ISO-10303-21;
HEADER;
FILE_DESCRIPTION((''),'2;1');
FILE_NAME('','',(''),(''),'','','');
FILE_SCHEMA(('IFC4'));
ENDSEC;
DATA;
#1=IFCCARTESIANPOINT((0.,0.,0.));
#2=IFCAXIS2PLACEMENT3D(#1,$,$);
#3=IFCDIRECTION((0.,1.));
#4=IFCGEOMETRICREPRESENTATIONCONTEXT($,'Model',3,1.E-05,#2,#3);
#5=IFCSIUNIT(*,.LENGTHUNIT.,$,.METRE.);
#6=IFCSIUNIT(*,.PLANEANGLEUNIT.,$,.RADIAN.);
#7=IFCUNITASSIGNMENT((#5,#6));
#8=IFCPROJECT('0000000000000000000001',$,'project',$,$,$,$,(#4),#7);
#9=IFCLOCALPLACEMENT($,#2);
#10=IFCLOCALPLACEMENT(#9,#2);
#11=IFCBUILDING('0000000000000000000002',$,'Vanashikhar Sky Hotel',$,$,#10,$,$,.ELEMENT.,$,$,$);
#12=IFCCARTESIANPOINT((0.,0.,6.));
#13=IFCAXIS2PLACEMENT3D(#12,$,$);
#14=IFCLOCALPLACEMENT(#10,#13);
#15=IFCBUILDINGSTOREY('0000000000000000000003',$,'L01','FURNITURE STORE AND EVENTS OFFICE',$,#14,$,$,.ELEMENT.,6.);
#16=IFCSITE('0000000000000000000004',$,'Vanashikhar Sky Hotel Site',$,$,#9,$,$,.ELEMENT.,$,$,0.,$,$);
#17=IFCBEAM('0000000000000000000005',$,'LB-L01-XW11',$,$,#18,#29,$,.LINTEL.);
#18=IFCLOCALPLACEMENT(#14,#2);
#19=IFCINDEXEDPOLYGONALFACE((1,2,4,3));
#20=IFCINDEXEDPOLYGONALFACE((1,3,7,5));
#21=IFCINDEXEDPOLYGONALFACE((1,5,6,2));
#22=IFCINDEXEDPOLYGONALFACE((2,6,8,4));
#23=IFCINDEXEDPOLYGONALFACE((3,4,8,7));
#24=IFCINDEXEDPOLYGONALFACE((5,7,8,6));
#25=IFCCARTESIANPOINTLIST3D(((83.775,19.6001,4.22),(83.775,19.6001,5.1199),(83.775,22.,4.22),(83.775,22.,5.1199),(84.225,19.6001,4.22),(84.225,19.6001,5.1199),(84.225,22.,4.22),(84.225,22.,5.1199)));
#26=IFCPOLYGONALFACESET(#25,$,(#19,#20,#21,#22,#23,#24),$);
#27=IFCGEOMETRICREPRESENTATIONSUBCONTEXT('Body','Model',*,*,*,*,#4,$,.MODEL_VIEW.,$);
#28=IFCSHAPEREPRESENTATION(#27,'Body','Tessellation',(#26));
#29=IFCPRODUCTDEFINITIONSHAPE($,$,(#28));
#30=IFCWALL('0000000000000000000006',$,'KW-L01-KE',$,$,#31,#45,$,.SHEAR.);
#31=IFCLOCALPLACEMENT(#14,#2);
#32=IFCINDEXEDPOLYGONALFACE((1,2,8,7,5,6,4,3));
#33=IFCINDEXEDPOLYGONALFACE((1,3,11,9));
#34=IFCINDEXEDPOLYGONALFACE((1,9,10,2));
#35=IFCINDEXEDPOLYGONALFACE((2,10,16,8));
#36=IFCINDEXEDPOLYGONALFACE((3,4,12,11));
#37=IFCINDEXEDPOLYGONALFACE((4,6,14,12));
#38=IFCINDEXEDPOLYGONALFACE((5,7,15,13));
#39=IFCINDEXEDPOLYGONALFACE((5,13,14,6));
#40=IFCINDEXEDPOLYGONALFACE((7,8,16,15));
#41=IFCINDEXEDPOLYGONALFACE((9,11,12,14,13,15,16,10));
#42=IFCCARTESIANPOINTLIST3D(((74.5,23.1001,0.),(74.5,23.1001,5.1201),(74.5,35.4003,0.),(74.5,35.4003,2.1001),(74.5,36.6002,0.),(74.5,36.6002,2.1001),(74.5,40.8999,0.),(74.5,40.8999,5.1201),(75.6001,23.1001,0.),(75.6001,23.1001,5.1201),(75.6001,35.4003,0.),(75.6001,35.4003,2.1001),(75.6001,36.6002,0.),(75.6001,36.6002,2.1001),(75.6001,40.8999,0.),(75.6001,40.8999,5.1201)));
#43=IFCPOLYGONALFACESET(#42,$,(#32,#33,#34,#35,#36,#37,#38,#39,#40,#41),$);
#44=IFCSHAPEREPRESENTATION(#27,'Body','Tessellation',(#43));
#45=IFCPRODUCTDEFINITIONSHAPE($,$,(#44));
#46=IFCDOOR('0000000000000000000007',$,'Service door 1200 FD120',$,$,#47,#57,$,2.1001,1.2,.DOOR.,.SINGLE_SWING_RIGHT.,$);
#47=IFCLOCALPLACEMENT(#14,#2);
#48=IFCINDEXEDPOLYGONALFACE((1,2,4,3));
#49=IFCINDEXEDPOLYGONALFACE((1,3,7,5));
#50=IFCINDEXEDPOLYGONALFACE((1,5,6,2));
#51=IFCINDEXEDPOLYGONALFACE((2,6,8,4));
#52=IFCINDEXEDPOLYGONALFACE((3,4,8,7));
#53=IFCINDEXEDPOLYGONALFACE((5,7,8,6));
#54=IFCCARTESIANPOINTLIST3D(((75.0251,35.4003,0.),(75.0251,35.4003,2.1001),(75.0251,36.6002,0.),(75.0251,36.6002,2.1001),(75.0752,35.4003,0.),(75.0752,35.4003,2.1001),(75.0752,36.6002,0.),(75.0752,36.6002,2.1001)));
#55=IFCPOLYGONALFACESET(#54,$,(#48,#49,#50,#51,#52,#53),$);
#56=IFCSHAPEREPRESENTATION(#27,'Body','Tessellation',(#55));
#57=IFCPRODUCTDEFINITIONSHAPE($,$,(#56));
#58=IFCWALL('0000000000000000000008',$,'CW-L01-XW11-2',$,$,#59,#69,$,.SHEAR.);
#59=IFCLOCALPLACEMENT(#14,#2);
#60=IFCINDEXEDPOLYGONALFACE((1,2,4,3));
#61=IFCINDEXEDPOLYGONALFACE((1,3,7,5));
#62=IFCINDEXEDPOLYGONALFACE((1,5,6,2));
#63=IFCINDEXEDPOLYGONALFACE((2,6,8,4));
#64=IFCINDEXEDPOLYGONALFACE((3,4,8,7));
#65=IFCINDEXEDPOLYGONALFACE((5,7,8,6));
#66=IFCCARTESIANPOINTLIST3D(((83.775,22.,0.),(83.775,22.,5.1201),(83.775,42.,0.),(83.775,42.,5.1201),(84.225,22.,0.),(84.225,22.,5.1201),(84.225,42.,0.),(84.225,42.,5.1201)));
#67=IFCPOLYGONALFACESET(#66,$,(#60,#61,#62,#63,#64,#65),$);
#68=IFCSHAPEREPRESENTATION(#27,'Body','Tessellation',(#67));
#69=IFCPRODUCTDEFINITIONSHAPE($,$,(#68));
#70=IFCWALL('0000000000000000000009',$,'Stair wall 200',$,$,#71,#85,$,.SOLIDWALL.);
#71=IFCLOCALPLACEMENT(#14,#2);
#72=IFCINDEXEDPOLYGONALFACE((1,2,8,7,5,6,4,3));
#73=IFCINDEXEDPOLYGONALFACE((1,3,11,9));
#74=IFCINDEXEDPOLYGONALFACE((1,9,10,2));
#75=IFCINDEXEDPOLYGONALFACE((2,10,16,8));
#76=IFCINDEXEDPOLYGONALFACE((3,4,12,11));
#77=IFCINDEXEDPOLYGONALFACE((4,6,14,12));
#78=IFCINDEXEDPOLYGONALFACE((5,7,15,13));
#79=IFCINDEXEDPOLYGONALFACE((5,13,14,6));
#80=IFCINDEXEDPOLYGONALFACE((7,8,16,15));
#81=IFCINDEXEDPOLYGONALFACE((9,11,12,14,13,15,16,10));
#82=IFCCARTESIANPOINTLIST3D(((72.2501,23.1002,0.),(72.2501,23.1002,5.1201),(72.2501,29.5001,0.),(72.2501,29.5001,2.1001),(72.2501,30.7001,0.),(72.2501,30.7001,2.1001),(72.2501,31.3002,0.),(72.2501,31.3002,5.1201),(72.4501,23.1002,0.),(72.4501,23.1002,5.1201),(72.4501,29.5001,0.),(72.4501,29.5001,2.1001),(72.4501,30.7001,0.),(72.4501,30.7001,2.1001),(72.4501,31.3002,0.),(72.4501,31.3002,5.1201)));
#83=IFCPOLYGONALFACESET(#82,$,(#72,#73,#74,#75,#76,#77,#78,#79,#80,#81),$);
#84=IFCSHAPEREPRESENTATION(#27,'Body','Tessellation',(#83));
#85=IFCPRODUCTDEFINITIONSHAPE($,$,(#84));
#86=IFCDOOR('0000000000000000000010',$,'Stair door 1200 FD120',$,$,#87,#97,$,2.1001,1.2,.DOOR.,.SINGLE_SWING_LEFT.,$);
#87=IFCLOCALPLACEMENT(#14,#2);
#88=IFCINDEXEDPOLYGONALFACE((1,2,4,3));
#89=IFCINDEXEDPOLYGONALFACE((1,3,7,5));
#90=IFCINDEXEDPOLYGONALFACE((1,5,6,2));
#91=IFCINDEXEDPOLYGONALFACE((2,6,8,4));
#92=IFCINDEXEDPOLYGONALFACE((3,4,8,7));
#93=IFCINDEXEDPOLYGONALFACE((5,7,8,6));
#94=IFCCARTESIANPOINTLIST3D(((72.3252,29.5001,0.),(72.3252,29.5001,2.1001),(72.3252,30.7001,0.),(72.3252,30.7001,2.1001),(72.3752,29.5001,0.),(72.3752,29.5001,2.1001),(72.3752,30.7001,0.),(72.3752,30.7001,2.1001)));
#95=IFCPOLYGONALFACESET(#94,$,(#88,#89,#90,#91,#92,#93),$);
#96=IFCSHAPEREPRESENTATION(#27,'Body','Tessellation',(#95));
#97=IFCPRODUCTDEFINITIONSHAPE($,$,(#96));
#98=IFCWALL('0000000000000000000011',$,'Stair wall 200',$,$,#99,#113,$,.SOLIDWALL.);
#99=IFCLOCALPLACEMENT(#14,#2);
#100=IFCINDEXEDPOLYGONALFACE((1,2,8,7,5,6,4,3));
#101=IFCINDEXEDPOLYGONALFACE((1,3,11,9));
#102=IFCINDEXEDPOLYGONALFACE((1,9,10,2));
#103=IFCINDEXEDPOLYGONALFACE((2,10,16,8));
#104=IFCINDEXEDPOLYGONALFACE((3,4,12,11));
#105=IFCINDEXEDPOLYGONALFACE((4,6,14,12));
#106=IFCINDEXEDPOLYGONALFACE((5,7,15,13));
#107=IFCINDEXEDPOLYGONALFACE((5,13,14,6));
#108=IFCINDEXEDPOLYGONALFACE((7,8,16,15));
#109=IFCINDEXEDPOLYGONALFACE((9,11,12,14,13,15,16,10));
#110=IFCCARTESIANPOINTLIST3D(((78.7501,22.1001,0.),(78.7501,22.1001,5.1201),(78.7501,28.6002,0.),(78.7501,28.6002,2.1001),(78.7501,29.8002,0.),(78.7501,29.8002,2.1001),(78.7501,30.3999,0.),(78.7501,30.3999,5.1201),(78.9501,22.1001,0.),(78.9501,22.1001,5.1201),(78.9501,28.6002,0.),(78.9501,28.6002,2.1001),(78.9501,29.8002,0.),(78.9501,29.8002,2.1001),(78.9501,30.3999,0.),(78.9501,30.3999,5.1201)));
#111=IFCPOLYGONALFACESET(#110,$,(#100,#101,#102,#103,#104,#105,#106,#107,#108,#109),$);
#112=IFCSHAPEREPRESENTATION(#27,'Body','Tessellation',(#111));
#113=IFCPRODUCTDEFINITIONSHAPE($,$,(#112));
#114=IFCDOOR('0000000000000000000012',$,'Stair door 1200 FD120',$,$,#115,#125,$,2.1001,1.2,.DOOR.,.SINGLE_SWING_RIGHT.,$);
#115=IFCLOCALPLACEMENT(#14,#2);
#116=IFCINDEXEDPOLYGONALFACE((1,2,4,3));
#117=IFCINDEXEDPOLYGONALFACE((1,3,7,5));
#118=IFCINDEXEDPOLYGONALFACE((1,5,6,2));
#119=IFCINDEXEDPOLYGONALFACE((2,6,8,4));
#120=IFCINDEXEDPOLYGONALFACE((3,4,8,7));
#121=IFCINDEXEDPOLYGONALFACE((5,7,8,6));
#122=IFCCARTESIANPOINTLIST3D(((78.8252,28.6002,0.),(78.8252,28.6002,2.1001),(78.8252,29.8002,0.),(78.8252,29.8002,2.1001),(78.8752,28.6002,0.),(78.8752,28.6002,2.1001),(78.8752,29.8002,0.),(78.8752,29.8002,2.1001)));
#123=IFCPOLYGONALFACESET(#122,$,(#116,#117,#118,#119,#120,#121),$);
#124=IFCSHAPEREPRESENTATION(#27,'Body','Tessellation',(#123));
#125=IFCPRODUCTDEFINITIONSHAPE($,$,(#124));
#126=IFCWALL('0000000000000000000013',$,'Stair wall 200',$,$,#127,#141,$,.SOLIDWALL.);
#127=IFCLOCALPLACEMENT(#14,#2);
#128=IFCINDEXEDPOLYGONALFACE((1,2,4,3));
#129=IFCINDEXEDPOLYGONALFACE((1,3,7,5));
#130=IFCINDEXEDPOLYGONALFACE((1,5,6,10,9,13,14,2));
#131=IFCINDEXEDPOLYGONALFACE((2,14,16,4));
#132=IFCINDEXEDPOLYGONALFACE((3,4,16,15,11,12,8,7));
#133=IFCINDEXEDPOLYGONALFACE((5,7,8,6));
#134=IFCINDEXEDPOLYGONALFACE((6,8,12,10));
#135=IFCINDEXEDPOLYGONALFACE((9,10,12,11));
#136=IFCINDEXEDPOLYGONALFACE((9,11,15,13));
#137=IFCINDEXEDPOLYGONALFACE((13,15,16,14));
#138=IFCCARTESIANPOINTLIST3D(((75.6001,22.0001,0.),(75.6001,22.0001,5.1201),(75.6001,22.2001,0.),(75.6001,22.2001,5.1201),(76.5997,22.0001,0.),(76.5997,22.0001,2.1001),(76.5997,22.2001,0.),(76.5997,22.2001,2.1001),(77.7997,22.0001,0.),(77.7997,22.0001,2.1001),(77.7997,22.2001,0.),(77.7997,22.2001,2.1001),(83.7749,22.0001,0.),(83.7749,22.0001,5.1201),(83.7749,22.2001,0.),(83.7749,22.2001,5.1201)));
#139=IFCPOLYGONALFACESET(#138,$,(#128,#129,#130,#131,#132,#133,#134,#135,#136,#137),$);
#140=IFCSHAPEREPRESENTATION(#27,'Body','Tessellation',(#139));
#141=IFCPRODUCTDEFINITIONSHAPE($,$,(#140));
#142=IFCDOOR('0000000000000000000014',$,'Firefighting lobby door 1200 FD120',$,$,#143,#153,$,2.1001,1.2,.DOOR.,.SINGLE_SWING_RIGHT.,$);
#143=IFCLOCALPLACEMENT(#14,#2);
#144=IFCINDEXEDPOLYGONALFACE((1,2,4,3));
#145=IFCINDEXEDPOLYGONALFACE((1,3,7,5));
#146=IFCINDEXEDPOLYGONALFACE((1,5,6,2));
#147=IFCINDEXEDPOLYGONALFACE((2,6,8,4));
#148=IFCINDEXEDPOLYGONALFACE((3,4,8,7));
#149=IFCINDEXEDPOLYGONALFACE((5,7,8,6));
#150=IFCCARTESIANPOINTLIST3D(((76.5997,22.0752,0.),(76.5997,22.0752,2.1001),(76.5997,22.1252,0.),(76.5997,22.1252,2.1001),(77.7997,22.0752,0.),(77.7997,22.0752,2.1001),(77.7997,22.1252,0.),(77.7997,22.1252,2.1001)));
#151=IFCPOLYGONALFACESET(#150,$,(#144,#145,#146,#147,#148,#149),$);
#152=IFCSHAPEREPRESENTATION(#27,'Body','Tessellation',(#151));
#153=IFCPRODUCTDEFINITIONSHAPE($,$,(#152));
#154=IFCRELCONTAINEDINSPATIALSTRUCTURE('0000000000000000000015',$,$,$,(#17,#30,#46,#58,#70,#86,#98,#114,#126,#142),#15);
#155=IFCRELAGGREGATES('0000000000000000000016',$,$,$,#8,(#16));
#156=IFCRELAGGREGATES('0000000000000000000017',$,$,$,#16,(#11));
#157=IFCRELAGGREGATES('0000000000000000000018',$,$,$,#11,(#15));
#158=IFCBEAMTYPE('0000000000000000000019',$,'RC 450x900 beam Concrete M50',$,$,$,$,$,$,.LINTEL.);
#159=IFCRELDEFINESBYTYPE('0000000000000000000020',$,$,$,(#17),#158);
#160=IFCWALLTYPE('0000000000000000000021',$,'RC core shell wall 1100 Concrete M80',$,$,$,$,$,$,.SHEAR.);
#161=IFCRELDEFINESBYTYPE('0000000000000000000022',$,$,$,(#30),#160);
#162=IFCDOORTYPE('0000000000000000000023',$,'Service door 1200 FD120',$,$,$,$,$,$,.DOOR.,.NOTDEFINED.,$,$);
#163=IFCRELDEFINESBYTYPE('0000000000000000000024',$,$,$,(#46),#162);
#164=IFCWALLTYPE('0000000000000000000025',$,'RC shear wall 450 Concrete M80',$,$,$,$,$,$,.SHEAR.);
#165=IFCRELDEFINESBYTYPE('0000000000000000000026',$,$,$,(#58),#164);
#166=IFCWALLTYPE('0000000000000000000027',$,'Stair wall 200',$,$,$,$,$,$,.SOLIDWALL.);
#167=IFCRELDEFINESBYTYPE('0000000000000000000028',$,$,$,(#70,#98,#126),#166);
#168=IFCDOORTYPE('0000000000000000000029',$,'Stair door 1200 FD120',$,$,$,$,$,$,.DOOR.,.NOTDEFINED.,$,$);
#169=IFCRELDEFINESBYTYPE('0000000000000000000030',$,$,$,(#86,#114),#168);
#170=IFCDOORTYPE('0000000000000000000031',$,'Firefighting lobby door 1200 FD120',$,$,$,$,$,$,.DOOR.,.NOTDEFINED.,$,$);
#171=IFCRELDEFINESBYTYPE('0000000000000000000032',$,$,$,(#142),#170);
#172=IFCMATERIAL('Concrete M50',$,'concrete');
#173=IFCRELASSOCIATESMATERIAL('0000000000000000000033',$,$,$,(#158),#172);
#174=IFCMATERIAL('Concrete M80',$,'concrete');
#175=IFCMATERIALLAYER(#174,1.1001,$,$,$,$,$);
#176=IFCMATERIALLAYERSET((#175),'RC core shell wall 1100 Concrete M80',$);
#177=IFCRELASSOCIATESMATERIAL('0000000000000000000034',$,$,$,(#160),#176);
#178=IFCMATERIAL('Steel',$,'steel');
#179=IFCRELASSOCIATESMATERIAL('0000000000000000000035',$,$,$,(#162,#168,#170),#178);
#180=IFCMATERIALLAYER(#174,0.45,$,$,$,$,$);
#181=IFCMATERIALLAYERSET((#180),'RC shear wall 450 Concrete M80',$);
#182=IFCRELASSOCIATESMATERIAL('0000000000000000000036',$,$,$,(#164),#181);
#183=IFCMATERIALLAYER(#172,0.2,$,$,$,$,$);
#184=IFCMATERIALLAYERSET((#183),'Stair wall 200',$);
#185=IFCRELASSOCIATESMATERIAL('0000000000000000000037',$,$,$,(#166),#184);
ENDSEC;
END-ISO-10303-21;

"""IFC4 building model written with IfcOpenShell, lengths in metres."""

from ifc_helpers import new_model, si_unit, direction, frame, frame_2d, origin, origin_2d, place, context, subcontext, project, spatial, rectangle, extrude, source, transform, mapped, material, layer, layer_set, material_profile, profile_set, type_object, element, fill, save


model = new_model("IFC4")

# Units and contexts
model_context = context("Model", 3, precision=1e-05, world=origin(), true_north=direction((0.0, 1.0)))
body_context = subcontext(model_context, "Body", "Model", "MODEL_VIEW")
ifc_project = project(units=[si_unit("LENGTHUNIT", "METRE"), si_unit("PLANEANGLEUNIT", "RADIAN")], contexts=[model_context])

# Site, building, storey
site_placement = place(None, origin())
site = spatial("IfcSite", under=ifc_project, at=site_placement, Name="Vanashikhar Sky Hotel Site", CompositionType="ELEMENT", RefElevation=0.0)
building_placement = place(site_placement, origin())
building = spatial("IfcBuilding", under=site, at=building_placement, Name="Vanashikhar Sky Hotel", CompositionType="ELEMENT")
storey_placement = place(building_placement, frame((0.0, 0.0, 6.0)))
storey = spatial("IfcBuildingStorey", under=building, at=storey_placement, Name="L01", Description="FURNITURE STORE AND EVENTS OFFICE", CompositionType="ELEMENT", Elevation=6.0)

# Beam
ifc_material_1 = material(Name="Concrete M50", Category="concrete")
ifc_material_profile = material_profile(ifc_material_1, rectangle(XDim=0.45, YDim=0.8999, at=origin_2d()))
ifc_profile_set = profile_set([ifc_material_profile], Name="RC 450x900 beam Concrete M50")
beam_type = type_object("IfcBeamType", Name="RC 450x900 beam Concrete M50", PredefinedType="LINTEL", material=ifc_profile_set)
shared_shape_1 = source(origin(), body_context, "Body", "SweptSolid", [
    extrude(rectangle(XDim=0.45, YDim=0.8999, at=origin_2d()), origin(), (0.0, 0.0, 1.0), 2.3999),
])
beam_placement = place(storey_placement, frame((84.0, 19.6001, 4.6699), z_axis=(0.0, 1.0, 0.0), x_axis=(-1.0, 0.0, 0.0)))
element("IfcBeam", 1, at=beam_placement, inside=storey, type_object=beam_type, Name="LB-L01-XW11", PredefinedType="LINTEL", context=body_context, shape_type="MappedRepresentation", body=[
    mapped(shared_shape_1, transform((0.0, 0.0, 0.0), scale=1.0)),
])

# Wall, opening, door
ifc_material_2 = material(Name="Concrete M80", Category="concrete")
ifc_layer_1 = layer(ifc_material_2, 1.1001)
ifc_layer_set_1 = layer_set([ifc_layer_1], Name="RC core shell wall 1100 Concrete M80")
wall_type_1 = type_object("IfcWallType", Name="RC core shell wall 1100 Concrete M80", PredefinedType="SHEAR", material=ifc_layer_set_1)
shared_shape_2 = source(origin(), body_context, "Body", "SweptSolid", [
    extrude(rectangle(XDim=17.7998, YDim=1.1001, at=frame_2d((8.8999, 0.0))), origin(), (0.0, 0.0, 1.0), 5.1201),
])
wall_1_placement = place(storey_placement, frame((75.05, 23.1001, 0.0), z_axis=(0.0, 0.0, 1.0), x_axis=(0.0, 1.0, 0.0)))
wall_1 = element("IfcWall", 2, at=wall_1_placement, inside=storey, type_object=wall_type_1, Name="KW-L01-KE", PredefinedType="SHEAR", context=body_context, shape_type="MappedRepresentation", body=[
    mapped(shared_shape_2, transform((0.0, 0.0, 0.0), scale=1.0)),
])
shared_shape_3 = source(origin(), body_context, "Body", "SweptSolid", [
    extrude(rectangle(XDim=1.2, YDim=2.1001, at=frame_2d((0.6001, 1.05))), frame((0.0, 0.5601, 0.0), z_axis=(0.0, -1.0, 0.0), x_axis=(1.0, 0.0, 0.0)), (0.0, 0.0, 1.0), 1.1201),
])
opening_1_placement = place(wall_1_placement, frame((12.3, 0.0, 0.0)))
opening_1 = element("IfcOpeningElement", 3, at=opening_1_placement, cuts=wall_1, PredefinedType="OPENING", context=body_context, shape_type="MappedRepresentation", body=[
    mapped(shared_shape_3, transform((0.0, 0.0, 0.0), scale=1.0)),
])
ifc_material_3 = material(Name="Steel", Category="steel")
door_type_1 = type_object("IfcDoorType", Name="Service door 1200 FD120", OperationType="NOTDEFINED", PredefinedType="DOOR", material=ifc_material_3)
shared_shape_4 = source(origin(), body_context, "Body", "SweptSolid", [
    extrude(rectangle(XDim=1.2, YDim=2.1001, at=frame_2d((0.6001, 1.05))), frame((0.0, 0.0249, 0.0), z_axis=(0.0, -1.0, 0.0), x_axis=(1.0, 0.0, 0.0)), (0.0, 0.0, 1.0), 0.05),
])
door_1_placement = place(opening_1_placement, origin())
door_1 = element("IfcDoor", 4, at=door_1_placement, inside=storey, type_object=door_type_1, Name="Service door 1200 FD120", OperationType="SINGLE_SWING_RIGHT", OverallHeight=2.1001, OverallWidth=1.2, PredefinedType="DOOR", context=body_context, shape_type="MappedRepresentation", body=[
    mapped(shared_shape_4, transform((0.0, 0.0, 0.0), scale=1.0)),
])
fill(opening_1, door_1)

# Wall
ifc_layer_2 = layer(ifc_material_2, 0.45)
ifc_layer_set_2 = layer_set([ifc_layer_2], Name="RC shear wall 450 Concrete M80")
wall_type_2 = type_object("IfcWallType", Name="RC shear wall 450 Concrete M80", PredefinedType="SHEAR", material=ifc_layer_set_2)
shared_shape_5 = source(origin(), body_context, "Body", "SweptSolid", [
    extrude(rectangle(XDim=20.0, YDim=0.45, at=frame_2d((10.0, 0.0))), origin(), (0.0, 0.0, 1.0), 5.1201),
])
wall_2_placement = place(storey_placement, frame((84.0, 22.0, 0.0), z_axis=(0.0, 0.0, 1.0), x_axis=(0.0, 1.0, 0.0)))
element("IfcWall", 5, at=wall_2_placement, inside=storey, type_object=wall_type_2, Name="CW-L01-XW11-2", PredefinedType="SHEAR", context=body_context, shape_type="MappedRepresentation", body=[
    mapped(shared_shape_5, transform((0.0, 0.0, 0.0), scale=1.0)),
])

# Walls, openings, doors
ifc_layer_3 = layer(ifc_material_1, 0.2)
ifc_layer_set_3 = layer_set([ifc_layer_3], Name="Stair wall 200")
wall_type_3 = type_object("IfcWallType", Name="Stair wall 200", PredefinedType="SOLIDWALL", material=ifc_layer_set_3)
shared_shape_6 = source(origin(), body_context, "Body", "SweptSolid", [
    extrude(rectangle(XDim=8.2, YDim=0.2, at=frame_2d((4.1001, 0.0))), origin(), (0.0, 0.0, 1.0), 5.1201),
])
wall_3_placement = place(storey_placement, frame((72.3501, 23.1001, 0.0), z_axis=(0.0, 0.0, 1.0), x_axis=(0.0, 1.0, 0.0)))
wall_3 = element("IfcWall", 6, at=wall_3_placement, inside=storey, type_object=wall_type_3, Name="Stair wall 200", PredefinedType="SOLIDWALL", context=body_context, shape_type="MappedRepresentation", body=[
    mapped(shared_shape_6, transform((0.0, 0.0, 0.0), scale=1.0)),
])
shared_shape_7 = source(origin(), body_context, "Body", "SweptSolid", [
    extrude(rectangle(XDim=1.2, YDim=2.1001, at=frame_2d((0.6001, 1.05))), frame((0.0, 0.1099, 0.0), z_axis=(0.0, -1.0, 0.0), x_axis=(1.0, 0.0, 0.0)), (0.0, 0.0, 1.0), 0.22),
])
opening_2_placement = place(wall_3_placement, frame((6.3999, 0.0, 0.0)))
opening_2 = element("IfcOpeningElement", 7, at=opening_2_placement, cuts=wall_3, PredefinedType="OPENING", context=body_context, shape_type="MappedRepresentation", body=[
    mapped(shared_shape_7, transform((0.0, 0.0, 0.0), scale=1.0)),
])
door_type_2 = type_object("IfcDoorType", Name="Stair door 1200 FD120", OperationType="NOTDEFINED", PredefinedType="DOOR", material=ifc_material_3)
door_2_placement = place(opening_2_placement, origin())
door_2 = element("IfcDoor", 8, at=door_2_placement, inside=storey, type_object=door_type_2, Name="Stair door 1200 FD120", OperationType="SINGLE_SWING_LEFT", OverallHeight=2.1001, OverallWidth=1.2, PredefinedType="DOOR", context=body_context, shape_type="MappedRepresentation", body=[
    mapped(shared_shape_4, transform((0.0, 0.0, 0.0), scale=1.0)),
])
fill(opening_2, door_2)
shared_shape_8 = source(origin(), body_context, "Body", "SweptSolid", [
    extrude(rectangle(XDim=8.2998, YDim=0.2, at=frame_2d((4.1499, 0.0))), origin(), (0.0, 0.0, 1.0), 5.1201),
])
wall_4_placement = place(storey_placement, frame((78.8501, 22.1001, 0.0), z_axis=(0.0, 0.0, 1.0), x_axis=(0.0, 1.0, 0.0)))
wall_4 = element("IfcWall", 9, at=wall_4_placement, inside=storey, type_object=wall_type_3, Name="Stair wall 200", PredefinedType="SOLIDWALL", context=body_context, shape_type="MappedRepresentation", body=[
    mapped(shared_shape_8, transform((0.0, 0.0, 0.0), scale=1.0)),
])
opening_3_placement = place(wall_4_placement, frame((6.5, 0.0, 0.0)))
opening_3 = element("IfcOpeningElement", 10, at=opening_3_placement, cuts=wall_4, PredefinedType="OPENING", context=body_context, shape_type="MappedRepresentation", body=[
    mapped(shared_shape_7, transform((0.0, 0.0, 0.0), scale=1.0)),
])
door_3_placement = place(opening_3_placement, origin())
door_3 = element("IfcDoor", 11, at=door_3_placement, inside=storey, type_object=door_type_2, Name="Stair door 1200 FD120", OperationType="SINGLE_SWING_RIGHT", OverallHeight=2.1001, OverallWidth=1.2, PredefinedType="DOOR", context=body_context, shape_type="MappedRepresentation", body=[
    mapped(shared_shape_4, transform((0.0, 0.0, 0.0), scale=1.0)),
])
fill(opening_3, door_3)
shared_shape_9 = source(origin(), body_context, "Body", "SweptSolid", [
    extrude(rectangle(XDim=8.1748, YDim=0.2, at=frame_2d((4.0874, 0.0))), origin(), (0.0, 0.0, 1.0), 5.1201),
])
wall_5_placement = place(storey_placement, frame((83.7749, 22.1001, 0.0), z_axis=(0.0, 0.0, 1.0), x_axis=(-1.0, 0.0, 0.0)))
wall_5 = element("IfcWall", 12, at=wall_5_placement, inside=storey, type_object=wall_type_3, Name="Stair wall 200", PredefinedType="SOLIDWALL", context=body_context, shape_type="MappedRepresentation", body=[
    mapped(shared_shape_9, transform((0.0, 0.0, 0.0), scale=1.0)),
])
opening_4_placement = place(wall_5_placement, frame((5.9751, 0.0, 0.0)))
opening_4 = element("IfcOpeningElement", 13, at=opening_4_placement, cuts=wall_5, PredefinedType="OPENING", context=body_context, shape_type="MappedRepresentation", body=[
    mapped(shared_shape_7, transform((0.0, 0.0, 0.0), scale=1.0)),
])
door_type_3 = type_object("IfcDoorType", Name="Firefighting lobby door 1200 FD120", OperationType="NOTDEFINED", PredefinedType="DOOR", material=ifc_material_3)
door_4_placement = place(opening_4_placement, origin())
door_4 = element("IfcDoor", 14, at=door_4_placement, inside=storey, type_object=door_type_3, Name="Firefighting lobby door 1200 FD120", OperationType="SINGLE_SWING_RIGHT", OverallHeight=2.1001, OverallWidth=1.2, PredefinedType="DOOR", context=body_context, shape_type="MappedRepresentation", body=[
    mapped(shared_shape_4, transform((0.0, 0.0, 0.0), scale=1.0)),
])
fill(opening_4, door_4)

save(model, "model.ifc")
